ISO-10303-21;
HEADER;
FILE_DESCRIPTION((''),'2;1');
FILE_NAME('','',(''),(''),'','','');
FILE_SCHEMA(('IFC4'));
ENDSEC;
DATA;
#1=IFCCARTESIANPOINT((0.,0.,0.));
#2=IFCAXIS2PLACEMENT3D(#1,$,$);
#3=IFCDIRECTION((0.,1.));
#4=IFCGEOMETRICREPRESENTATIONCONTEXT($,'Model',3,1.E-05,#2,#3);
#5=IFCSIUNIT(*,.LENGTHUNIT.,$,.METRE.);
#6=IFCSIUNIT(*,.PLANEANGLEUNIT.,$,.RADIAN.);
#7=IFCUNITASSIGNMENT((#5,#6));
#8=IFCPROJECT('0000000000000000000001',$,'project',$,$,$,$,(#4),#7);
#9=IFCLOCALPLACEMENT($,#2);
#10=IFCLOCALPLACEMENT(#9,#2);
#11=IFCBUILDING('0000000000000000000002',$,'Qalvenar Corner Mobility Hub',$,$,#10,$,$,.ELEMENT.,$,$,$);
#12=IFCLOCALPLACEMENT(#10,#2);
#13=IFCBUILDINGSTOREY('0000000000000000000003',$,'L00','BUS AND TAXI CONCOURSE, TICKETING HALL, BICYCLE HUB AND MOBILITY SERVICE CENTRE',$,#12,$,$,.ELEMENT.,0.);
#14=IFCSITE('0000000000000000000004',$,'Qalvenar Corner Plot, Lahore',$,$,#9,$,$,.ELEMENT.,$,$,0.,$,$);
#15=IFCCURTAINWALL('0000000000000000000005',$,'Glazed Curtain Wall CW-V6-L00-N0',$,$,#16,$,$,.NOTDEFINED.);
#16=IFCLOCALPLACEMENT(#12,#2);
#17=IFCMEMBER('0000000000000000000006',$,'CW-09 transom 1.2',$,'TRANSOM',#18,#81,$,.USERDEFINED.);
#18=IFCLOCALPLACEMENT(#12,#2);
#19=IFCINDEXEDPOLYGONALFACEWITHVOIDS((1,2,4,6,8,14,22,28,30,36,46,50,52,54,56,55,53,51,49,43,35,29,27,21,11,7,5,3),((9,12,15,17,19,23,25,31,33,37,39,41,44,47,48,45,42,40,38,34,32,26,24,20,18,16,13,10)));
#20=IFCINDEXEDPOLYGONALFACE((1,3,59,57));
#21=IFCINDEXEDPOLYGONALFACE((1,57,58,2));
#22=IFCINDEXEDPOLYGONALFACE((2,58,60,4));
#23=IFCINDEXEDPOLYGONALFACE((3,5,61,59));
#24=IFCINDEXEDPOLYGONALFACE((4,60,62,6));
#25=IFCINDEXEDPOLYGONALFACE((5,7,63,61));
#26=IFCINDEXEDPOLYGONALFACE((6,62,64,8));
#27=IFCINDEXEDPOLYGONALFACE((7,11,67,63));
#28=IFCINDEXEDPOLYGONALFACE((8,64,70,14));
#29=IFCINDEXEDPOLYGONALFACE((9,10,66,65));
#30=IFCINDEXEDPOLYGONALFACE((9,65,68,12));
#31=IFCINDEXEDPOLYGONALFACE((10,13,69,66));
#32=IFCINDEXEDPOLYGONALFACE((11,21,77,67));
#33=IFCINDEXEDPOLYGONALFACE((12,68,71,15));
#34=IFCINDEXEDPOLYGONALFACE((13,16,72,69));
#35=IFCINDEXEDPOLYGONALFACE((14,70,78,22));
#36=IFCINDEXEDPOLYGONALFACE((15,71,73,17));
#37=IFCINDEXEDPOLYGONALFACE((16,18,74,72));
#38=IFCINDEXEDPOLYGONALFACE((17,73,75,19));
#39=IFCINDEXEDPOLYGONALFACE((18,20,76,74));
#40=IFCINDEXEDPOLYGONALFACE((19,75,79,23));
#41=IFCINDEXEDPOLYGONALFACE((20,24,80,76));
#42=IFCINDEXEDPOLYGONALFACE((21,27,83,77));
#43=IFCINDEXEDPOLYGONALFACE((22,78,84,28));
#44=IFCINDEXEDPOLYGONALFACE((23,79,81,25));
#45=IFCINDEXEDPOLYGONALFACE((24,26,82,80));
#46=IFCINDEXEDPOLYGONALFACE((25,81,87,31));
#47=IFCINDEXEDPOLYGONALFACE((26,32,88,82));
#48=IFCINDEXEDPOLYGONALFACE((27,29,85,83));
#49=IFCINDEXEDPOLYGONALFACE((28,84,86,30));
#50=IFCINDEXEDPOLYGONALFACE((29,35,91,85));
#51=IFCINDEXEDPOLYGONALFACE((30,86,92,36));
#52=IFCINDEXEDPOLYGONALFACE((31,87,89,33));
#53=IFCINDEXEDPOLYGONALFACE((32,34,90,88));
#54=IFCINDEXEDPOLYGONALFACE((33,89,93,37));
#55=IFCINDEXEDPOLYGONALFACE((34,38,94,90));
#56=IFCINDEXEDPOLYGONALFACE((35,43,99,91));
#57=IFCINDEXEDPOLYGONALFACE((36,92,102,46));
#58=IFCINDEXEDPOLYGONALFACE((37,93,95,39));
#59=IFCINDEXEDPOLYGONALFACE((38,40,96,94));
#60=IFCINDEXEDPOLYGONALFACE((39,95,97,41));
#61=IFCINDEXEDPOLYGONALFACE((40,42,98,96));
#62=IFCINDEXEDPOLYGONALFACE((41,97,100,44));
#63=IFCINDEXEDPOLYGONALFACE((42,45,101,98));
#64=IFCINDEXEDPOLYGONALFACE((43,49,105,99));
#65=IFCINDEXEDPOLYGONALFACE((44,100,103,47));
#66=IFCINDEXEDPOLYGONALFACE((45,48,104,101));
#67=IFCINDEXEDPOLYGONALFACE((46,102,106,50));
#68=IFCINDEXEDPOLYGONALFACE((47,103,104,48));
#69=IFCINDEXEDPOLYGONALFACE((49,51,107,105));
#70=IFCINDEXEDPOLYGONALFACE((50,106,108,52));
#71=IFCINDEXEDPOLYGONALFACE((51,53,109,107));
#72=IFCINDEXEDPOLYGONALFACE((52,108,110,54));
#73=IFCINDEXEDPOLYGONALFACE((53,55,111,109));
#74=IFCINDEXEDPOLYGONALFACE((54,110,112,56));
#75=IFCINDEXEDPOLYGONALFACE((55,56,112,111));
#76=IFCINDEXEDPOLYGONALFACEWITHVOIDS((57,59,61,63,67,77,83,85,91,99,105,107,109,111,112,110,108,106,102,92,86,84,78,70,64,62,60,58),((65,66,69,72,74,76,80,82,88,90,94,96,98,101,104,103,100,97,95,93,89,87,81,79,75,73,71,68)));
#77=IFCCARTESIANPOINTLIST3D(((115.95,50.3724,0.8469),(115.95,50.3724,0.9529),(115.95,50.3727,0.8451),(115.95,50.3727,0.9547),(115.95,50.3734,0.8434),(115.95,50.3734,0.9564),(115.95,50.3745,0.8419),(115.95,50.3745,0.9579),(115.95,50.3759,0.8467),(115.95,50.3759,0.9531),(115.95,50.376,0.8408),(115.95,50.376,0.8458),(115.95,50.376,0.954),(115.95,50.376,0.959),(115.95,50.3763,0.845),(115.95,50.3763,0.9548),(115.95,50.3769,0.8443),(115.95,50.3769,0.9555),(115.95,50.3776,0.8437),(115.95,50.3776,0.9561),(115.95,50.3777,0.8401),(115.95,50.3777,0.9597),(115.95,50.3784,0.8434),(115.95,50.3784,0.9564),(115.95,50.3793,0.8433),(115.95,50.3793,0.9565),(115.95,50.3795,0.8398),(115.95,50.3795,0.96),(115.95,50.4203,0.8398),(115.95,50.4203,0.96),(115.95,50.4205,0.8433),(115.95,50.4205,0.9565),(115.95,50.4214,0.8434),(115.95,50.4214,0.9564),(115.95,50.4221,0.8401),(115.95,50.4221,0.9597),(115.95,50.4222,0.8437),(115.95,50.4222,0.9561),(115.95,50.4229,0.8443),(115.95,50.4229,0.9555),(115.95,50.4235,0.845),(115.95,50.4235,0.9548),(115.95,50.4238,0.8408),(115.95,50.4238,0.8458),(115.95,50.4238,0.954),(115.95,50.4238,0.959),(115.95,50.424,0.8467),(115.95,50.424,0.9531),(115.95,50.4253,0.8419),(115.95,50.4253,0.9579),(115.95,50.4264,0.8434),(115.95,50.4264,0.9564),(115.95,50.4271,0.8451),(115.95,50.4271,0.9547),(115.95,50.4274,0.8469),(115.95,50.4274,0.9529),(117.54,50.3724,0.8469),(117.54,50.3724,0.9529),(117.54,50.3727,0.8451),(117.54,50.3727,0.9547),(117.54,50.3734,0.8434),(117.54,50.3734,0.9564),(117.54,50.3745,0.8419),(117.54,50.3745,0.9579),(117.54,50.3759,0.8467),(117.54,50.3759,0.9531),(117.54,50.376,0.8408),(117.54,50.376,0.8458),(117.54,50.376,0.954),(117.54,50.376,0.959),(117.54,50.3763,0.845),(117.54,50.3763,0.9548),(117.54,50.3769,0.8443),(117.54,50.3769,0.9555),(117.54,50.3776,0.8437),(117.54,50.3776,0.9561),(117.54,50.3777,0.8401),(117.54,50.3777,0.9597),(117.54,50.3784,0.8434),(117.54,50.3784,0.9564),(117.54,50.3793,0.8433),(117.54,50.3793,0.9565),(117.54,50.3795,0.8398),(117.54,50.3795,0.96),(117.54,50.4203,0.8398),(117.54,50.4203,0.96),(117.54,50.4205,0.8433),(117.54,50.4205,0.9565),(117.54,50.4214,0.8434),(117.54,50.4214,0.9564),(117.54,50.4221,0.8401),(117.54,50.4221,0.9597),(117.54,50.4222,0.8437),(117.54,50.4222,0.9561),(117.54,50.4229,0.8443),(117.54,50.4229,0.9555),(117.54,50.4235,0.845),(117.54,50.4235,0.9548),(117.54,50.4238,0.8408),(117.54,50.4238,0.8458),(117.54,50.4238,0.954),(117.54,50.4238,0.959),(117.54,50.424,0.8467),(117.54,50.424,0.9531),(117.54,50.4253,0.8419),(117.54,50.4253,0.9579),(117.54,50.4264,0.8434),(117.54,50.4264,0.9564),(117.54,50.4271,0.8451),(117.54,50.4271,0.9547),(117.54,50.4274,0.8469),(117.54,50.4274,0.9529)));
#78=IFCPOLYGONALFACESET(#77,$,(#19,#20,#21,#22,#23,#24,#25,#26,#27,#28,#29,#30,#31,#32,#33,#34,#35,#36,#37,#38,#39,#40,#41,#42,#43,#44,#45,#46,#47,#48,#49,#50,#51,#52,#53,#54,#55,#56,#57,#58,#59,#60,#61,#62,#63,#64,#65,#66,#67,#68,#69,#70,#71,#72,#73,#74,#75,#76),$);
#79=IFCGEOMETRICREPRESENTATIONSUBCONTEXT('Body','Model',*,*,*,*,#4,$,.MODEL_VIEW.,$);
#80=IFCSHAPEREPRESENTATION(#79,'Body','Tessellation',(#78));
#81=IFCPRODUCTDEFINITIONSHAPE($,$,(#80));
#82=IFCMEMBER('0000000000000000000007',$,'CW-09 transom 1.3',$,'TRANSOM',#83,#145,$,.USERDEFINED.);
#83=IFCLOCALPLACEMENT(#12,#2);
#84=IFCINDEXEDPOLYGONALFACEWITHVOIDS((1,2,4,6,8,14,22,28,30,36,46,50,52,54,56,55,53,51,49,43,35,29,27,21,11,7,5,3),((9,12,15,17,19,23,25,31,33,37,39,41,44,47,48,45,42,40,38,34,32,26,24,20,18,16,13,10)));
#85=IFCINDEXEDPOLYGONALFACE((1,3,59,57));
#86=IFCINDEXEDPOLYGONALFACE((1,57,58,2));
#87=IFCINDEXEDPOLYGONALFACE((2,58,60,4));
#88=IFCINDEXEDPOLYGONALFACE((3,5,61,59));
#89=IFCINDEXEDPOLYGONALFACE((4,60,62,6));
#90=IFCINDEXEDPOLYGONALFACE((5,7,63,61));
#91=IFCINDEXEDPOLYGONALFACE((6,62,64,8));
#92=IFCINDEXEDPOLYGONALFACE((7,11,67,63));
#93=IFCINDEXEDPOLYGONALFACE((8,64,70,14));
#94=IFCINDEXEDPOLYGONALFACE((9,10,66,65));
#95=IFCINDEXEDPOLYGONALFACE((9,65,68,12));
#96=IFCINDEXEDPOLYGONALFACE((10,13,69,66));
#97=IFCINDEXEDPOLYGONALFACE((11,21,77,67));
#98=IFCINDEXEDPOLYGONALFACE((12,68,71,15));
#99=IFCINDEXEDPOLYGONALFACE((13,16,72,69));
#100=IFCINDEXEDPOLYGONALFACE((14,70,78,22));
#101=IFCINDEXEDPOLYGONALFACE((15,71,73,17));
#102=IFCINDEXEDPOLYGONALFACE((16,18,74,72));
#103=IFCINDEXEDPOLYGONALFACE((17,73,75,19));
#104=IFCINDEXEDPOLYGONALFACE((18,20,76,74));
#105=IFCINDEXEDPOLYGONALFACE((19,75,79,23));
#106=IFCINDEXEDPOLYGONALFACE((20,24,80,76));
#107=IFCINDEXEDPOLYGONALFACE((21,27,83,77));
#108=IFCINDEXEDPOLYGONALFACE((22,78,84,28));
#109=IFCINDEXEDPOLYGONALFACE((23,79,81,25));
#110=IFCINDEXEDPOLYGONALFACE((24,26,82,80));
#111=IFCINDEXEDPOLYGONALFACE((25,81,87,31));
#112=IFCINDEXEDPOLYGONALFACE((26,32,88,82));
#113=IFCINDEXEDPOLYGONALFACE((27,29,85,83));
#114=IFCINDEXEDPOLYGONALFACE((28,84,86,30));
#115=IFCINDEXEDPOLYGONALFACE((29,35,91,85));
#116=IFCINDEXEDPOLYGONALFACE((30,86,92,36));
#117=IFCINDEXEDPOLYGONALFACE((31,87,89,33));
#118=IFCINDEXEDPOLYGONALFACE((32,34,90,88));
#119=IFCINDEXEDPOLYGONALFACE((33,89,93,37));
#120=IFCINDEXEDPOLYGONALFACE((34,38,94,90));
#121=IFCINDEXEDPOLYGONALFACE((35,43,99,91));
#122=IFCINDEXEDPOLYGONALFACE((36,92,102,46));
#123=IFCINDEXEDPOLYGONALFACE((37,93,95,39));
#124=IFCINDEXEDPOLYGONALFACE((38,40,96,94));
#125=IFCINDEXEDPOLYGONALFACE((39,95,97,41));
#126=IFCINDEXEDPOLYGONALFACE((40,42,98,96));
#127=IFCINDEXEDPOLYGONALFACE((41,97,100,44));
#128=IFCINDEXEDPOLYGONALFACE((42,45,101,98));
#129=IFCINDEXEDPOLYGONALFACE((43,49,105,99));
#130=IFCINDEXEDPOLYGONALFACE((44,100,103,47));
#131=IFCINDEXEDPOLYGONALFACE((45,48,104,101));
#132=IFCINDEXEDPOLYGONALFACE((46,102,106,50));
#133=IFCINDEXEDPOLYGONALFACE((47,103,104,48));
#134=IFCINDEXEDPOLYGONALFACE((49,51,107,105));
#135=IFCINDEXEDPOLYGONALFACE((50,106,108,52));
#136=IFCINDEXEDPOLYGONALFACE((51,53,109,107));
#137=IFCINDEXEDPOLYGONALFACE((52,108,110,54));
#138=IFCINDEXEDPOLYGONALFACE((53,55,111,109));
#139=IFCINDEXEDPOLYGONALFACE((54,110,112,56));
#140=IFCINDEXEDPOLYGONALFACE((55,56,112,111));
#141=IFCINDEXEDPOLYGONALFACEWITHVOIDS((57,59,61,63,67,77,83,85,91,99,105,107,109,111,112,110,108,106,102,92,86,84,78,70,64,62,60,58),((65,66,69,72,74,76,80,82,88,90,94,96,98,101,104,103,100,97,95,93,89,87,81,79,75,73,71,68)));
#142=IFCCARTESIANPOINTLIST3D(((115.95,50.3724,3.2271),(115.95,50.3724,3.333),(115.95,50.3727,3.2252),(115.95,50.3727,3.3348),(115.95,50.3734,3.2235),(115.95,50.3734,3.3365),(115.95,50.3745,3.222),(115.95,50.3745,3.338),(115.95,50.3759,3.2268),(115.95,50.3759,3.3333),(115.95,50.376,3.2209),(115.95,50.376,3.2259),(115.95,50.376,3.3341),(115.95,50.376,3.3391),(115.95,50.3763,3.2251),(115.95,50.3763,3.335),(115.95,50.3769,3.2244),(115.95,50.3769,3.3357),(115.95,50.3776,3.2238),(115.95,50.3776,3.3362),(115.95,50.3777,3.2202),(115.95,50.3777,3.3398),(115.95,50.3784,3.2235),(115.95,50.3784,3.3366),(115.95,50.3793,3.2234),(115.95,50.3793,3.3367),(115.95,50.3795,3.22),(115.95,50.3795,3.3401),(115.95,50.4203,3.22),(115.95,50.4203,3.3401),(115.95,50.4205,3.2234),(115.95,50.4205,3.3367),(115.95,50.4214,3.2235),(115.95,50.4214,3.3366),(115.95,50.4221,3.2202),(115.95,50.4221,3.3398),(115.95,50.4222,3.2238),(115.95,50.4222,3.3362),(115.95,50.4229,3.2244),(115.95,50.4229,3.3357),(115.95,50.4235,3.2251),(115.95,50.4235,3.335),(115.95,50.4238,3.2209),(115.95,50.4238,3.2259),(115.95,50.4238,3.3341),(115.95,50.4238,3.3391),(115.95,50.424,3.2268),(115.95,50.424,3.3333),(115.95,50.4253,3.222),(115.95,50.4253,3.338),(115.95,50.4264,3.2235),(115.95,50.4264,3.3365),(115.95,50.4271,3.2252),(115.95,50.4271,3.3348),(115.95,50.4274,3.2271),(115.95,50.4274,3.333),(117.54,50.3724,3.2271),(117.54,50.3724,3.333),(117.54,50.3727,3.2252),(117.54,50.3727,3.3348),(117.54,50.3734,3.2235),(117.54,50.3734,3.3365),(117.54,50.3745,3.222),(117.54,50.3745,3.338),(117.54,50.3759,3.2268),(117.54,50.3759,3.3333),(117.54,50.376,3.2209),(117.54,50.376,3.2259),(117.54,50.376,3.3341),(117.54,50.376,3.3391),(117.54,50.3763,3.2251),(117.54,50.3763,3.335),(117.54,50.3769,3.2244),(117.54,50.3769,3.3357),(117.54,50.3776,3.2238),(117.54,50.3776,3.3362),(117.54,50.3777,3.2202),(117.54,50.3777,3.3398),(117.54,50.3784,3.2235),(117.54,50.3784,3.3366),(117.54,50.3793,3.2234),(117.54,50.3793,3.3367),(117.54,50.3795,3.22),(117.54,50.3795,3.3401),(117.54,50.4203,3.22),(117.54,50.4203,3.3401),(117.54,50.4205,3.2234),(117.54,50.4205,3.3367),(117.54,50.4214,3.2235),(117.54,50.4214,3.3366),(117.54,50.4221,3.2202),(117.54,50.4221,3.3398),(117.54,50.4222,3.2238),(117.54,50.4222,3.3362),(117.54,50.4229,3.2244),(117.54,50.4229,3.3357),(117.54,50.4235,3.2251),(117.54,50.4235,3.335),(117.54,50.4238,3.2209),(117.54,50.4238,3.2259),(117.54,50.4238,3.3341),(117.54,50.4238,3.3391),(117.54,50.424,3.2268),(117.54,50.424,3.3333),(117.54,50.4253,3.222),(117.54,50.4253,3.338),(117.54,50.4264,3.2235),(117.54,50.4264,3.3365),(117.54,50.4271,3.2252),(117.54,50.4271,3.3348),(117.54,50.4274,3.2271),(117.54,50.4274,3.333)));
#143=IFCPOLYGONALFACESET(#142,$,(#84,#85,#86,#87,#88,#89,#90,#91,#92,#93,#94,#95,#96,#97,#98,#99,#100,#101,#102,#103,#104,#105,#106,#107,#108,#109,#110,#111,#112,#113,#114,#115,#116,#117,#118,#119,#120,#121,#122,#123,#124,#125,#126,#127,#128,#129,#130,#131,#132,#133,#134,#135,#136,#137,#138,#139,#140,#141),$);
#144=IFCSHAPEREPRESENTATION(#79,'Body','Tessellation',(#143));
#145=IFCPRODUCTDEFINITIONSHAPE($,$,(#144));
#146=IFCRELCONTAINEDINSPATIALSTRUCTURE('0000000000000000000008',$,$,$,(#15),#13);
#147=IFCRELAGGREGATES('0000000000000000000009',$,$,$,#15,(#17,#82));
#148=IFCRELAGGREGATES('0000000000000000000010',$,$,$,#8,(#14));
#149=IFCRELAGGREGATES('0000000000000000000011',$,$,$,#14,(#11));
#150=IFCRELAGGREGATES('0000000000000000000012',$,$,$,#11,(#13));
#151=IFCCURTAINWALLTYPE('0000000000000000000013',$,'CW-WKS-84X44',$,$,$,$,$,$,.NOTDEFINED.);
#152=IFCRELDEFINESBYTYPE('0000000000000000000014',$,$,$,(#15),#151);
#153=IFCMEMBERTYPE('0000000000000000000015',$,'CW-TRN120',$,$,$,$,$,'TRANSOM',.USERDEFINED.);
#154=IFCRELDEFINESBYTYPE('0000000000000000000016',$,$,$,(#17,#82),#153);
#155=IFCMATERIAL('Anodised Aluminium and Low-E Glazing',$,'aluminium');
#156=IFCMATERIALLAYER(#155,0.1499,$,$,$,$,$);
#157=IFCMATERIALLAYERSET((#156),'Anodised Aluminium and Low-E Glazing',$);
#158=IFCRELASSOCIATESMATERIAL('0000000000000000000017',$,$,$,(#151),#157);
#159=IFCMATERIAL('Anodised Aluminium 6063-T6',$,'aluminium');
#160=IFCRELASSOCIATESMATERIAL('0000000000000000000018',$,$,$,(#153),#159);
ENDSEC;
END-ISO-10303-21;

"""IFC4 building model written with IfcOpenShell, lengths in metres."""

from ifc_helpers import new_model, si_unit, direction, frame, origin, origin_2d, place, context, subcontext, project, spatial, hollow_rectangle, extrude, material, layer, layer_set, material_profile, profile_set, type_object, element, aggregate, save


model = new_model("IFC4")

# Units and contexts
model_context = context("Model", 3, precision=1e-05, world=origin(), true_north=direction((0.0, 1.0)))
body_context = subcontext(model_context, "Body", "Model", "MODEL_VIEW")
ifc_project = project(units=[si_unit("LENGTHUNIT", "METRE"), si_unit("PLANEANGLEUNIT", "RADIAN")], contexts=[model_context])

# Site, building, storey
site_placement = place(None, origin())
site = spatial("IfcSite", under=ifc_project, at=site_placement, Name="Qalvenar Corner Plot, Lahore", CompositionType="ELEMENT", RefElevation=0.0)
building_placement = place(site_placement, origin())
building = spatial("IfcBuilding", under=site, at=building_placement, Name="Qalvenar Corner Mobility Hub", CompositionType="ELEMENT")
storey_placement = place(building_placement, origin())
storey = spatial("IfcBuildingStorey", under=building, at=storey_placement, Name="L00", Description="BUS AND TAXI CONCOURSE, TICKETING HALL, BICYCLE HUB AND MOBILITY SERVICE CENTRE", CompositionType="ELEMENT", Elevation=0.0)

# Curtain wall, members
ifc_material_1 = material(Name="Anodised Aluminium and Low-E Glazing", Category="aluminium")
ifc_layer_1 = layer(ifc_material_1, 0.1499)
ifc_layer_set_1 = layer_set([ifc_layer_1], Name="Anodised Aluminium and Low-E Glazing")
curtain_wall_type = type_object("IfcCurtainWallType", Name="CW-WKS-84X44", PredefinedType="NOTDEFINED", material=ifc_layer_set_1)
curtain_wall_placement = place(storey_placement, origin())
curtain_wall = element("IfcCurtainWall", 1, at=curtain_wall_placement, inside=storey, type_object=curtain_wall_type, Name="Glazed Curtain Wall CW-V6-L00-N0", PredefinedType="NOTDEFINED")
ifc_material_2 = material(Name="Anodised Aluminium 6063-T6", Category="aluminium")
ifc_material_profile_1 = material_profile(ifc_material_2, hollow_rectangle(XDim=0.0549, YDim=0.1201, WallThickness=0.0034, InnerFilletRadius=0.0034, OuterFilletRadius=0.0071, at=origin_2d()), Name="RHS120x55x3.5")
ifc_profile_set_1 = profile_set([ifc_material_profile_1], Name="Anodised Aluminium 6063-T6")
member_type_1 = type_object("IfcMemberType", Name="CW-TRN120", ElementType="TRANSOM", PredefinedType="USERDEFINED", material=ifc_profile_set_1)
member_1_placement = place(storey_placement, frame((117.54, 50.3999, 0.8999), z_axis=(-1.0, 0.0, 0.0), x_axis=(0.0, -1.0, 0.0)))
member_1 = element("IfcMember", 2, at=member_1_placement, type_object=member_type_1, Name="CW-09 transom 1.2", ObjectType="TRANSOM", PredefinedType="USERDEFINED", context=body_context, shape_type="SweptSolid", body=[
    extrude(hollow_rectangle(XDim=0.0549, YDim=0.1201, WallThickness=0.0034, InnerFilletRadius=0.0034, OuterFilletRadius=0.0071, at=origin_2d()), origin(), (0.0, 0.0, 1.0), 1.5901),
])
member_2_placement = place(storey_placement, frame((117.54, 50.3999, 3.28), z_axis=(-1.0, 0.0, 0.0), x_axis=(0.0, -1.0, 0.0)))
member_2 = element("IfcMember", 3, at=member_2_placement, type_object=member_type_1, Name="CW-09 transom 1.3", ObjectType="TRANSOM", PredefinedType="USERDEFINED", context=body_context, shape_type="SweptSolid", body=[
    extrude(hollow_rectangle(XDim=0.0549, YDim=0.1201, WallThickness=0.0034, InnerFilletRadius=0.0034, OuterFilletRadius=0.0071, at=origin_2d()), origin(), (0.0, 0.0, 1.0), 1.5901),
])
aggregate(curtain_wall, [member_1, member_2])

save(model, "model.ifc")
